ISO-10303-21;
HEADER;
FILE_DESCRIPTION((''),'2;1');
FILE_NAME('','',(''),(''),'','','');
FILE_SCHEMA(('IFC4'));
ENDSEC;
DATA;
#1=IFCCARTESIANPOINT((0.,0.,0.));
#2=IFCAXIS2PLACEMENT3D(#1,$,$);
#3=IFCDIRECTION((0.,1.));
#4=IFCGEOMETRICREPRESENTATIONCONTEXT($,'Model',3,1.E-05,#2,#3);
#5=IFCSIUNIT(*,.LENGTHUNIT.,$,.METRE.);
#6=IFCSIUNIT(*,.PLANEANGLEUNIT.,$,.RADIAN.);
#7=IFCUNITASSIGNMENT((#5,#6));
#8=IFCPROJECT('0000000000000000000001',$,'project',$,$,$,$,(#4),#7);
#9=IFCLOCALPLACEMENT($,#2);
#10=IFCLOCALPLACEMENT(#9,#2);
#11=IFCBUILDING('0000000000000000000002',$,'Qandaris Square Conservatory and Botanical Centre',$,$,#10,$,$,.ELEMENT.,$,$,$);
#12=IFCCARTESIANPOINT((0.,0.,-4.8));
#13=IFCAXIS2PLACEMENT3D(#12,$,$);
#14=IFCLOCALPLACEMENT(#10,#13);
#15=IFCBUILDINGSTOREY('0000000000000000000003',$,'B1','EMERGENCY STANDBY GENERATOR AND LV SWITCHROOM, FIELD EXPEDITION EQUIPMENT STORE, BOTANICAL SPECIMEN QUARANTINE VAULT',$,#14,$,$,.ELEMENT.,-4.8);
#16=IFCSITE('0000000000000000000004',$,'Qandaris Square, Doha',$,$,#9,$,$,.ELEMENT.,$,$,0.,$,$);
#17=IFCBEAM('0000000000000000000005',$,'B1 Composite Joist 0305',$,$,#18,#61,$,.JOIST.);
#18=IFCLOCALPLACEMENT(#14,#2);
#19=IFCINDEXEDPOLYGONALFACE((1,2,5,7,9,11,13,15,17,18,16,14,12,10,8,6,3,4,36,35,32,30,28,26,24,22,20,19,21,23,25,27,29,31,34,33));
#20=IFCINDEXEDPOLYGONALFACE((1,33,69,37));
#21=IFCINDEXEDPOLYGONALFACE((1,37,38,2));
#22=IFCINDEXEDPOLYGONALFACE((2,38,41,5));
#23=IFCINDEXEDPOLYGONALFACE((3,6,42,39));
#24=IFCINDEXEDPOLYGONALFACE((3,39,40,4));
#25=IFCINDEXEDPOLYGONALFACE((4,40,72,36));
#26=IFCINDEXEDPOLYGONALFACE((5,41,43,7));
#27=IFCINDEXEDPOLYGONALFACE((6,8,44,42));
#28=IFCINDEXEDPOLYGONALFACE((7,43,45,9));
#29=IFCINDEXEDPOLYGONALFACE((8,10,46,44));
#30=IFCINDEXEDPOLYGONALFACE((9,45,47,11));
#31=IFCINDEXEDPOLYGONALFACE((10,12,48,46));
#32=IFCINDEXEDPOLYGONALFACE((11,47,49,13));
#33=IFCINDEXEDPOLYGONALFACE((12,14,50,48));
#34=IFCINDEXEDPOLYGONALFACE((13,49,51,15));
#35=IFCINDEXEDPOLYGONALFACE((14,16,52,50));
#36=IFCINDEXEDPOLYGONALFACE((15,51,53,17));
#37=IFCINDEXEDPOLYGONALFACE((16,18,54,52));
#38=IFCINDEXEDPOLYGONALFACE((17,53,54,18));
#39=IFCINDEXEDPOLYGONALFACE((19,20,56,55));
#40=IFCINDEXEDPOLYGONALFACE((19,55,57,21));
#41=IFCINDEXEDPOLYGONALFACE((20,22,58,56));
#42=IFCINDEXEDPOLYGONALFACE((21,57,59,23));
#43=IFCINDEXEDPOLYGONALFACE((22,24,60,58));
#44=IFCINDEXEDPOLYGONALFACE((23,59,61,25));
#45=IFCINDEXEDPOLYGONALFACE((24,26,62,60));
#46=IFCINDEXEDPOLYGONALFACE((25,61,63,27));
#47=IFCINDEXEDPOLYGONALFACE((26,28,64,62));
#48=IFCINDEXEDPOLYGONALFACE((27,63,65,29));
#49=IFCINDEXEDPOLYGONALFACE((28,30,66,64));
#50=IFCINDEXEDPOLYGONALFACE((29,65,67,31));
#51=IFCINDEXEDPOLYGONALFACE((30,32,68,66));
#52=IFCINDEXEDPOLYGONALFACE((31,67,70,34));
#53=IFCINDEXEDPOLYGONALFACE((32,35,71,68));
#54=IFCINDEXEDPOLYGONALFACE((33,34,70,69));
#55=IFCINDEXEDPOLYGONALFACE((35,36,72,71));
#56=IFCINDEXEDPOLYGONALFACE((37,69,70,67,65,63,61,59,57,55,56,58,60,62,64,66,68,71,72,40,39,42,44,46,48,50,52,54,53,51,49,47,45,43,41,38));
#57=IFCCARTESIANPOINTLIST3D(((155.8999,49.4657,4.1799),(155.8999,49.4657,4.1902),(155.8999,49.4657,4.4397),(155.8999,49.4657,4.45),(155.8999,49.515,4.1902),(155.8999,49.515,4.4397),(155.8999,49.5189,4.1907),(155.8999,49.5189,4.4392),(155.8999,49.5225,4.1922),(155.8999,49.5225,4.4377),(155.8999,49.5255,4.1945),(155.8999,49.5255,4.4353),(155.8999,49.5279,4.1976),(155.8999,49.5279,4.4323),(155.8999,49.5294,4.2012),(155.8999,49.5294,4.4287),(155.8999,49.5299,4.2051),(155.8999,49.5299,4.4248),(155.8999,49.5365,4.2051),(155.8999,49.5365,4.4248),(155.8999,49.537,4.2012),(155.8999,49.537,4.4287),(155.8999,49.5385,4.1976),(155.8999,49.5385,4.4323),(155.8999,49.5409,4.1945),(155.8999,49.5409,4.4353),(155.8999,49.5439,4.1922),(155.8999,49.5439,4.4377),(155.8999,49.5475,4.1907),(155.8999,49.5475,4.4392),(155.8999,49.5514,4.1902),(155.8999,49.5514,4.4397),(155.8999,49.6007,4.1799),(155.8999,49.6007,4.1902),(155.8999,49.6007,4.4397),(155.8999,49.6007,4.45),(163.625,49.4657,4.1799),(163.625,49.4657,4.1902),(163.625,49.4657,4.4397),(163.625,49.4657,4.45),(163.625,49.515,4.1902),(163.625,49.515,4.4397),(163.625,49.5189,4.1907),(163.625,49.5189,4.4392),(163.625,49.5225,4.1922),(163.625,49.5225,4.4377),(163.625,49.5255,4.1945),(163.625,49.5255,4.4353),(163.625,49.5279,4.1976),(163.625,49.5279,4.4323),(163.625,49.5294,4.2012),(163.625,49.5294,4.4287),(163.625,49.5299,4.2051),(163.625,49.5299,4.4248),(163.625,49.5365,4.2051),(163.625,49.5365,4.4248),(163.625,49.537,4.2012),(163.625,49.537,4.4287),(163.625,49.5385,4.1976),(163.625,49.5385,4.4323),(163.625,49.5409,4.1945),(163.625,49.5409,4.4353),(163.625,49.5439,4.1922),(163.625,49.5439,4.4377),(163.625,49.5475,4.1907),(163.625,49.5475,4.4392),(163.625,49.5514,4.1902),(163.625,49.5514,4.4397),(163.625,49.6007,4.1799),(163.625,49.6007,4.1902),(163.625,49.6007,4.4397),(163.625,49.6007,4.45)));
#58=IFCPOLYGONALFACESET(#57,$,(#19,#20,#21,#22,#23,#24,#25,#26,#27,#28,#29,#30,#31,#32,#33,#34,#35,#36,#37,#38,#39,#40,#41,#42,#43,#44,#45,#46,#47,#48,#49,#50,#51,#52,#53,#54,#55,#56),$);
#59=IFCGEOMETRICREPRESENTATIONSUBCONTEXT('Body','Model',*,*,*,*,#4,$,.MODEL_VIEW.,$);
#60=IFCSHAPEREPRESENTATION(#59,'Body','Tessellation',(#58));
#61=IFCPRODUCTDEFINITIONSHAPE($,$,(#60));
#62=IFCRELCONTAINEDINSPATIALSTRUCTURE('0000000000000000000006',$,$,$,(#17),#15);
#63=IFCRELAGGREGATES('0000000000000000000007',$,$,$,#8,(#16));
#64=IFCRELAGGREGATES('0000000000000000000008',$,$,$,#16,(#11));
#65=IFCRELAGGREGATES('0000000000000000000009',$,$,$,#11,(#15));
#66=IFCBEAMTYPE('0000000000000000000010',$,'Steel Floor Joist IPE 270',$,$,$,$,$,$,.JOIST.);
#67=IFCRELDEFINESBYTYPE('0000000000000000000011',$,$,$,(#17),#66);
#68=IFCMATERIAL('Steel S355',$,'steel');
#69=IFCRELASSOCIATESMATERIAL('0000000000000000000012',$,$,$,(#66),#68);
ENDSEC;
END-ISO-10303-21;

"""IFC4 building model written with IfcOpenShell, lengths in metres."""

from ifc_helpers import new_model, si_unit, direction, frame, origin, origin_2d, place, context, subcontext, project, spatial, i_section, extrude, material, material_profile, profile_set, type_object, element, save


model = new_model("IFC4")

# Units and contexts
model_context = context("Model", 3, precision=1e-05, world=origin(), true_north=direction((0.0, 1.0)))
body_context = subcontext(model_context, "Body", "Model", "MODEL_VIEW")
ifc_project = project(units=[si_unit("LENGTHUNIT", "METRE"), si_unit("PLANEANGLEUNIT", "RADIAN")], contexts=[model_context])

# Site, building, storey
site_placement = place(None, origin())
site = spatial("IfcSite", under=ifc_project, at=site_placement, Name="Qandaris Square, Doha", CompositionType="ELEMENT", RefElevation=0.0)
building_placement = place(site_placement, origin())
building = spatial("IfcBuilding", under=site, at=building_placement, Name="Qandaris Square Conservatory and Botanical Centre", CompositionType="ELEMENT")
storey_placement = place(building_placement, frame((0.0, 0.0, -4.8)))
storey = spatial("IfcBuildingStorey", under=building, at=storey_placement, Name="B1", Description="EMERGENCY STANDBY GENERATOR AND LV SWITCHROOM, FIELD EXPEDITION EQUIPMENT STORE, BOTANICAL SPECIMEN QUARANTINE VAULT", CompositionType="ELEMENT", Elevation=-4.8)

# Beam
ifc_material_1 = material(Name="Steel S355", Category="steel")
ifc_material_profile_1 = material_profile(ifc_material_1, i_section(OverallWidth=0.135, OverallDepth=0.27, WebThickness=0.0066, FlangeThickness=0.0103, FilletRadius=0.0149, at=origin_2d()), Name="IPE 270")
ifc_profile_set_1 = profile_set([ifc_material_profile_1], Name="Steel S355")
beam_type_1 = type_object("IfcBeamType", Name="Steel Floor Joist IPE 270", PredefinedType="JOIST", material=ifc_profile_set_1)
beam_1_placement = place(storey_placement, frame((155.8999, 49.5332, 4.3149), z_axis=(1.0, 0.0, 0.0), x_axis=(0.0, 1.0, 0.0)))
element("IfcBeam", 1, at=beam_1_placement, inside=storey, type_object=beam_type_1, Name="B1 Composite Joist 0305", PredefinedType="JOIST", context=body_context, shape_type="SweptSolid", body=[
    extrude(i_section(OverallWidth=0.135, OverallDepth=0.27, WebThickness=0.0066, FlangeThickness=0.0103, FilletRadius=0.0149, at=origin_2d()), origin(), (0.0, 0.0, 1.0), 7.7251),
])

save(model, "model.ifc")
